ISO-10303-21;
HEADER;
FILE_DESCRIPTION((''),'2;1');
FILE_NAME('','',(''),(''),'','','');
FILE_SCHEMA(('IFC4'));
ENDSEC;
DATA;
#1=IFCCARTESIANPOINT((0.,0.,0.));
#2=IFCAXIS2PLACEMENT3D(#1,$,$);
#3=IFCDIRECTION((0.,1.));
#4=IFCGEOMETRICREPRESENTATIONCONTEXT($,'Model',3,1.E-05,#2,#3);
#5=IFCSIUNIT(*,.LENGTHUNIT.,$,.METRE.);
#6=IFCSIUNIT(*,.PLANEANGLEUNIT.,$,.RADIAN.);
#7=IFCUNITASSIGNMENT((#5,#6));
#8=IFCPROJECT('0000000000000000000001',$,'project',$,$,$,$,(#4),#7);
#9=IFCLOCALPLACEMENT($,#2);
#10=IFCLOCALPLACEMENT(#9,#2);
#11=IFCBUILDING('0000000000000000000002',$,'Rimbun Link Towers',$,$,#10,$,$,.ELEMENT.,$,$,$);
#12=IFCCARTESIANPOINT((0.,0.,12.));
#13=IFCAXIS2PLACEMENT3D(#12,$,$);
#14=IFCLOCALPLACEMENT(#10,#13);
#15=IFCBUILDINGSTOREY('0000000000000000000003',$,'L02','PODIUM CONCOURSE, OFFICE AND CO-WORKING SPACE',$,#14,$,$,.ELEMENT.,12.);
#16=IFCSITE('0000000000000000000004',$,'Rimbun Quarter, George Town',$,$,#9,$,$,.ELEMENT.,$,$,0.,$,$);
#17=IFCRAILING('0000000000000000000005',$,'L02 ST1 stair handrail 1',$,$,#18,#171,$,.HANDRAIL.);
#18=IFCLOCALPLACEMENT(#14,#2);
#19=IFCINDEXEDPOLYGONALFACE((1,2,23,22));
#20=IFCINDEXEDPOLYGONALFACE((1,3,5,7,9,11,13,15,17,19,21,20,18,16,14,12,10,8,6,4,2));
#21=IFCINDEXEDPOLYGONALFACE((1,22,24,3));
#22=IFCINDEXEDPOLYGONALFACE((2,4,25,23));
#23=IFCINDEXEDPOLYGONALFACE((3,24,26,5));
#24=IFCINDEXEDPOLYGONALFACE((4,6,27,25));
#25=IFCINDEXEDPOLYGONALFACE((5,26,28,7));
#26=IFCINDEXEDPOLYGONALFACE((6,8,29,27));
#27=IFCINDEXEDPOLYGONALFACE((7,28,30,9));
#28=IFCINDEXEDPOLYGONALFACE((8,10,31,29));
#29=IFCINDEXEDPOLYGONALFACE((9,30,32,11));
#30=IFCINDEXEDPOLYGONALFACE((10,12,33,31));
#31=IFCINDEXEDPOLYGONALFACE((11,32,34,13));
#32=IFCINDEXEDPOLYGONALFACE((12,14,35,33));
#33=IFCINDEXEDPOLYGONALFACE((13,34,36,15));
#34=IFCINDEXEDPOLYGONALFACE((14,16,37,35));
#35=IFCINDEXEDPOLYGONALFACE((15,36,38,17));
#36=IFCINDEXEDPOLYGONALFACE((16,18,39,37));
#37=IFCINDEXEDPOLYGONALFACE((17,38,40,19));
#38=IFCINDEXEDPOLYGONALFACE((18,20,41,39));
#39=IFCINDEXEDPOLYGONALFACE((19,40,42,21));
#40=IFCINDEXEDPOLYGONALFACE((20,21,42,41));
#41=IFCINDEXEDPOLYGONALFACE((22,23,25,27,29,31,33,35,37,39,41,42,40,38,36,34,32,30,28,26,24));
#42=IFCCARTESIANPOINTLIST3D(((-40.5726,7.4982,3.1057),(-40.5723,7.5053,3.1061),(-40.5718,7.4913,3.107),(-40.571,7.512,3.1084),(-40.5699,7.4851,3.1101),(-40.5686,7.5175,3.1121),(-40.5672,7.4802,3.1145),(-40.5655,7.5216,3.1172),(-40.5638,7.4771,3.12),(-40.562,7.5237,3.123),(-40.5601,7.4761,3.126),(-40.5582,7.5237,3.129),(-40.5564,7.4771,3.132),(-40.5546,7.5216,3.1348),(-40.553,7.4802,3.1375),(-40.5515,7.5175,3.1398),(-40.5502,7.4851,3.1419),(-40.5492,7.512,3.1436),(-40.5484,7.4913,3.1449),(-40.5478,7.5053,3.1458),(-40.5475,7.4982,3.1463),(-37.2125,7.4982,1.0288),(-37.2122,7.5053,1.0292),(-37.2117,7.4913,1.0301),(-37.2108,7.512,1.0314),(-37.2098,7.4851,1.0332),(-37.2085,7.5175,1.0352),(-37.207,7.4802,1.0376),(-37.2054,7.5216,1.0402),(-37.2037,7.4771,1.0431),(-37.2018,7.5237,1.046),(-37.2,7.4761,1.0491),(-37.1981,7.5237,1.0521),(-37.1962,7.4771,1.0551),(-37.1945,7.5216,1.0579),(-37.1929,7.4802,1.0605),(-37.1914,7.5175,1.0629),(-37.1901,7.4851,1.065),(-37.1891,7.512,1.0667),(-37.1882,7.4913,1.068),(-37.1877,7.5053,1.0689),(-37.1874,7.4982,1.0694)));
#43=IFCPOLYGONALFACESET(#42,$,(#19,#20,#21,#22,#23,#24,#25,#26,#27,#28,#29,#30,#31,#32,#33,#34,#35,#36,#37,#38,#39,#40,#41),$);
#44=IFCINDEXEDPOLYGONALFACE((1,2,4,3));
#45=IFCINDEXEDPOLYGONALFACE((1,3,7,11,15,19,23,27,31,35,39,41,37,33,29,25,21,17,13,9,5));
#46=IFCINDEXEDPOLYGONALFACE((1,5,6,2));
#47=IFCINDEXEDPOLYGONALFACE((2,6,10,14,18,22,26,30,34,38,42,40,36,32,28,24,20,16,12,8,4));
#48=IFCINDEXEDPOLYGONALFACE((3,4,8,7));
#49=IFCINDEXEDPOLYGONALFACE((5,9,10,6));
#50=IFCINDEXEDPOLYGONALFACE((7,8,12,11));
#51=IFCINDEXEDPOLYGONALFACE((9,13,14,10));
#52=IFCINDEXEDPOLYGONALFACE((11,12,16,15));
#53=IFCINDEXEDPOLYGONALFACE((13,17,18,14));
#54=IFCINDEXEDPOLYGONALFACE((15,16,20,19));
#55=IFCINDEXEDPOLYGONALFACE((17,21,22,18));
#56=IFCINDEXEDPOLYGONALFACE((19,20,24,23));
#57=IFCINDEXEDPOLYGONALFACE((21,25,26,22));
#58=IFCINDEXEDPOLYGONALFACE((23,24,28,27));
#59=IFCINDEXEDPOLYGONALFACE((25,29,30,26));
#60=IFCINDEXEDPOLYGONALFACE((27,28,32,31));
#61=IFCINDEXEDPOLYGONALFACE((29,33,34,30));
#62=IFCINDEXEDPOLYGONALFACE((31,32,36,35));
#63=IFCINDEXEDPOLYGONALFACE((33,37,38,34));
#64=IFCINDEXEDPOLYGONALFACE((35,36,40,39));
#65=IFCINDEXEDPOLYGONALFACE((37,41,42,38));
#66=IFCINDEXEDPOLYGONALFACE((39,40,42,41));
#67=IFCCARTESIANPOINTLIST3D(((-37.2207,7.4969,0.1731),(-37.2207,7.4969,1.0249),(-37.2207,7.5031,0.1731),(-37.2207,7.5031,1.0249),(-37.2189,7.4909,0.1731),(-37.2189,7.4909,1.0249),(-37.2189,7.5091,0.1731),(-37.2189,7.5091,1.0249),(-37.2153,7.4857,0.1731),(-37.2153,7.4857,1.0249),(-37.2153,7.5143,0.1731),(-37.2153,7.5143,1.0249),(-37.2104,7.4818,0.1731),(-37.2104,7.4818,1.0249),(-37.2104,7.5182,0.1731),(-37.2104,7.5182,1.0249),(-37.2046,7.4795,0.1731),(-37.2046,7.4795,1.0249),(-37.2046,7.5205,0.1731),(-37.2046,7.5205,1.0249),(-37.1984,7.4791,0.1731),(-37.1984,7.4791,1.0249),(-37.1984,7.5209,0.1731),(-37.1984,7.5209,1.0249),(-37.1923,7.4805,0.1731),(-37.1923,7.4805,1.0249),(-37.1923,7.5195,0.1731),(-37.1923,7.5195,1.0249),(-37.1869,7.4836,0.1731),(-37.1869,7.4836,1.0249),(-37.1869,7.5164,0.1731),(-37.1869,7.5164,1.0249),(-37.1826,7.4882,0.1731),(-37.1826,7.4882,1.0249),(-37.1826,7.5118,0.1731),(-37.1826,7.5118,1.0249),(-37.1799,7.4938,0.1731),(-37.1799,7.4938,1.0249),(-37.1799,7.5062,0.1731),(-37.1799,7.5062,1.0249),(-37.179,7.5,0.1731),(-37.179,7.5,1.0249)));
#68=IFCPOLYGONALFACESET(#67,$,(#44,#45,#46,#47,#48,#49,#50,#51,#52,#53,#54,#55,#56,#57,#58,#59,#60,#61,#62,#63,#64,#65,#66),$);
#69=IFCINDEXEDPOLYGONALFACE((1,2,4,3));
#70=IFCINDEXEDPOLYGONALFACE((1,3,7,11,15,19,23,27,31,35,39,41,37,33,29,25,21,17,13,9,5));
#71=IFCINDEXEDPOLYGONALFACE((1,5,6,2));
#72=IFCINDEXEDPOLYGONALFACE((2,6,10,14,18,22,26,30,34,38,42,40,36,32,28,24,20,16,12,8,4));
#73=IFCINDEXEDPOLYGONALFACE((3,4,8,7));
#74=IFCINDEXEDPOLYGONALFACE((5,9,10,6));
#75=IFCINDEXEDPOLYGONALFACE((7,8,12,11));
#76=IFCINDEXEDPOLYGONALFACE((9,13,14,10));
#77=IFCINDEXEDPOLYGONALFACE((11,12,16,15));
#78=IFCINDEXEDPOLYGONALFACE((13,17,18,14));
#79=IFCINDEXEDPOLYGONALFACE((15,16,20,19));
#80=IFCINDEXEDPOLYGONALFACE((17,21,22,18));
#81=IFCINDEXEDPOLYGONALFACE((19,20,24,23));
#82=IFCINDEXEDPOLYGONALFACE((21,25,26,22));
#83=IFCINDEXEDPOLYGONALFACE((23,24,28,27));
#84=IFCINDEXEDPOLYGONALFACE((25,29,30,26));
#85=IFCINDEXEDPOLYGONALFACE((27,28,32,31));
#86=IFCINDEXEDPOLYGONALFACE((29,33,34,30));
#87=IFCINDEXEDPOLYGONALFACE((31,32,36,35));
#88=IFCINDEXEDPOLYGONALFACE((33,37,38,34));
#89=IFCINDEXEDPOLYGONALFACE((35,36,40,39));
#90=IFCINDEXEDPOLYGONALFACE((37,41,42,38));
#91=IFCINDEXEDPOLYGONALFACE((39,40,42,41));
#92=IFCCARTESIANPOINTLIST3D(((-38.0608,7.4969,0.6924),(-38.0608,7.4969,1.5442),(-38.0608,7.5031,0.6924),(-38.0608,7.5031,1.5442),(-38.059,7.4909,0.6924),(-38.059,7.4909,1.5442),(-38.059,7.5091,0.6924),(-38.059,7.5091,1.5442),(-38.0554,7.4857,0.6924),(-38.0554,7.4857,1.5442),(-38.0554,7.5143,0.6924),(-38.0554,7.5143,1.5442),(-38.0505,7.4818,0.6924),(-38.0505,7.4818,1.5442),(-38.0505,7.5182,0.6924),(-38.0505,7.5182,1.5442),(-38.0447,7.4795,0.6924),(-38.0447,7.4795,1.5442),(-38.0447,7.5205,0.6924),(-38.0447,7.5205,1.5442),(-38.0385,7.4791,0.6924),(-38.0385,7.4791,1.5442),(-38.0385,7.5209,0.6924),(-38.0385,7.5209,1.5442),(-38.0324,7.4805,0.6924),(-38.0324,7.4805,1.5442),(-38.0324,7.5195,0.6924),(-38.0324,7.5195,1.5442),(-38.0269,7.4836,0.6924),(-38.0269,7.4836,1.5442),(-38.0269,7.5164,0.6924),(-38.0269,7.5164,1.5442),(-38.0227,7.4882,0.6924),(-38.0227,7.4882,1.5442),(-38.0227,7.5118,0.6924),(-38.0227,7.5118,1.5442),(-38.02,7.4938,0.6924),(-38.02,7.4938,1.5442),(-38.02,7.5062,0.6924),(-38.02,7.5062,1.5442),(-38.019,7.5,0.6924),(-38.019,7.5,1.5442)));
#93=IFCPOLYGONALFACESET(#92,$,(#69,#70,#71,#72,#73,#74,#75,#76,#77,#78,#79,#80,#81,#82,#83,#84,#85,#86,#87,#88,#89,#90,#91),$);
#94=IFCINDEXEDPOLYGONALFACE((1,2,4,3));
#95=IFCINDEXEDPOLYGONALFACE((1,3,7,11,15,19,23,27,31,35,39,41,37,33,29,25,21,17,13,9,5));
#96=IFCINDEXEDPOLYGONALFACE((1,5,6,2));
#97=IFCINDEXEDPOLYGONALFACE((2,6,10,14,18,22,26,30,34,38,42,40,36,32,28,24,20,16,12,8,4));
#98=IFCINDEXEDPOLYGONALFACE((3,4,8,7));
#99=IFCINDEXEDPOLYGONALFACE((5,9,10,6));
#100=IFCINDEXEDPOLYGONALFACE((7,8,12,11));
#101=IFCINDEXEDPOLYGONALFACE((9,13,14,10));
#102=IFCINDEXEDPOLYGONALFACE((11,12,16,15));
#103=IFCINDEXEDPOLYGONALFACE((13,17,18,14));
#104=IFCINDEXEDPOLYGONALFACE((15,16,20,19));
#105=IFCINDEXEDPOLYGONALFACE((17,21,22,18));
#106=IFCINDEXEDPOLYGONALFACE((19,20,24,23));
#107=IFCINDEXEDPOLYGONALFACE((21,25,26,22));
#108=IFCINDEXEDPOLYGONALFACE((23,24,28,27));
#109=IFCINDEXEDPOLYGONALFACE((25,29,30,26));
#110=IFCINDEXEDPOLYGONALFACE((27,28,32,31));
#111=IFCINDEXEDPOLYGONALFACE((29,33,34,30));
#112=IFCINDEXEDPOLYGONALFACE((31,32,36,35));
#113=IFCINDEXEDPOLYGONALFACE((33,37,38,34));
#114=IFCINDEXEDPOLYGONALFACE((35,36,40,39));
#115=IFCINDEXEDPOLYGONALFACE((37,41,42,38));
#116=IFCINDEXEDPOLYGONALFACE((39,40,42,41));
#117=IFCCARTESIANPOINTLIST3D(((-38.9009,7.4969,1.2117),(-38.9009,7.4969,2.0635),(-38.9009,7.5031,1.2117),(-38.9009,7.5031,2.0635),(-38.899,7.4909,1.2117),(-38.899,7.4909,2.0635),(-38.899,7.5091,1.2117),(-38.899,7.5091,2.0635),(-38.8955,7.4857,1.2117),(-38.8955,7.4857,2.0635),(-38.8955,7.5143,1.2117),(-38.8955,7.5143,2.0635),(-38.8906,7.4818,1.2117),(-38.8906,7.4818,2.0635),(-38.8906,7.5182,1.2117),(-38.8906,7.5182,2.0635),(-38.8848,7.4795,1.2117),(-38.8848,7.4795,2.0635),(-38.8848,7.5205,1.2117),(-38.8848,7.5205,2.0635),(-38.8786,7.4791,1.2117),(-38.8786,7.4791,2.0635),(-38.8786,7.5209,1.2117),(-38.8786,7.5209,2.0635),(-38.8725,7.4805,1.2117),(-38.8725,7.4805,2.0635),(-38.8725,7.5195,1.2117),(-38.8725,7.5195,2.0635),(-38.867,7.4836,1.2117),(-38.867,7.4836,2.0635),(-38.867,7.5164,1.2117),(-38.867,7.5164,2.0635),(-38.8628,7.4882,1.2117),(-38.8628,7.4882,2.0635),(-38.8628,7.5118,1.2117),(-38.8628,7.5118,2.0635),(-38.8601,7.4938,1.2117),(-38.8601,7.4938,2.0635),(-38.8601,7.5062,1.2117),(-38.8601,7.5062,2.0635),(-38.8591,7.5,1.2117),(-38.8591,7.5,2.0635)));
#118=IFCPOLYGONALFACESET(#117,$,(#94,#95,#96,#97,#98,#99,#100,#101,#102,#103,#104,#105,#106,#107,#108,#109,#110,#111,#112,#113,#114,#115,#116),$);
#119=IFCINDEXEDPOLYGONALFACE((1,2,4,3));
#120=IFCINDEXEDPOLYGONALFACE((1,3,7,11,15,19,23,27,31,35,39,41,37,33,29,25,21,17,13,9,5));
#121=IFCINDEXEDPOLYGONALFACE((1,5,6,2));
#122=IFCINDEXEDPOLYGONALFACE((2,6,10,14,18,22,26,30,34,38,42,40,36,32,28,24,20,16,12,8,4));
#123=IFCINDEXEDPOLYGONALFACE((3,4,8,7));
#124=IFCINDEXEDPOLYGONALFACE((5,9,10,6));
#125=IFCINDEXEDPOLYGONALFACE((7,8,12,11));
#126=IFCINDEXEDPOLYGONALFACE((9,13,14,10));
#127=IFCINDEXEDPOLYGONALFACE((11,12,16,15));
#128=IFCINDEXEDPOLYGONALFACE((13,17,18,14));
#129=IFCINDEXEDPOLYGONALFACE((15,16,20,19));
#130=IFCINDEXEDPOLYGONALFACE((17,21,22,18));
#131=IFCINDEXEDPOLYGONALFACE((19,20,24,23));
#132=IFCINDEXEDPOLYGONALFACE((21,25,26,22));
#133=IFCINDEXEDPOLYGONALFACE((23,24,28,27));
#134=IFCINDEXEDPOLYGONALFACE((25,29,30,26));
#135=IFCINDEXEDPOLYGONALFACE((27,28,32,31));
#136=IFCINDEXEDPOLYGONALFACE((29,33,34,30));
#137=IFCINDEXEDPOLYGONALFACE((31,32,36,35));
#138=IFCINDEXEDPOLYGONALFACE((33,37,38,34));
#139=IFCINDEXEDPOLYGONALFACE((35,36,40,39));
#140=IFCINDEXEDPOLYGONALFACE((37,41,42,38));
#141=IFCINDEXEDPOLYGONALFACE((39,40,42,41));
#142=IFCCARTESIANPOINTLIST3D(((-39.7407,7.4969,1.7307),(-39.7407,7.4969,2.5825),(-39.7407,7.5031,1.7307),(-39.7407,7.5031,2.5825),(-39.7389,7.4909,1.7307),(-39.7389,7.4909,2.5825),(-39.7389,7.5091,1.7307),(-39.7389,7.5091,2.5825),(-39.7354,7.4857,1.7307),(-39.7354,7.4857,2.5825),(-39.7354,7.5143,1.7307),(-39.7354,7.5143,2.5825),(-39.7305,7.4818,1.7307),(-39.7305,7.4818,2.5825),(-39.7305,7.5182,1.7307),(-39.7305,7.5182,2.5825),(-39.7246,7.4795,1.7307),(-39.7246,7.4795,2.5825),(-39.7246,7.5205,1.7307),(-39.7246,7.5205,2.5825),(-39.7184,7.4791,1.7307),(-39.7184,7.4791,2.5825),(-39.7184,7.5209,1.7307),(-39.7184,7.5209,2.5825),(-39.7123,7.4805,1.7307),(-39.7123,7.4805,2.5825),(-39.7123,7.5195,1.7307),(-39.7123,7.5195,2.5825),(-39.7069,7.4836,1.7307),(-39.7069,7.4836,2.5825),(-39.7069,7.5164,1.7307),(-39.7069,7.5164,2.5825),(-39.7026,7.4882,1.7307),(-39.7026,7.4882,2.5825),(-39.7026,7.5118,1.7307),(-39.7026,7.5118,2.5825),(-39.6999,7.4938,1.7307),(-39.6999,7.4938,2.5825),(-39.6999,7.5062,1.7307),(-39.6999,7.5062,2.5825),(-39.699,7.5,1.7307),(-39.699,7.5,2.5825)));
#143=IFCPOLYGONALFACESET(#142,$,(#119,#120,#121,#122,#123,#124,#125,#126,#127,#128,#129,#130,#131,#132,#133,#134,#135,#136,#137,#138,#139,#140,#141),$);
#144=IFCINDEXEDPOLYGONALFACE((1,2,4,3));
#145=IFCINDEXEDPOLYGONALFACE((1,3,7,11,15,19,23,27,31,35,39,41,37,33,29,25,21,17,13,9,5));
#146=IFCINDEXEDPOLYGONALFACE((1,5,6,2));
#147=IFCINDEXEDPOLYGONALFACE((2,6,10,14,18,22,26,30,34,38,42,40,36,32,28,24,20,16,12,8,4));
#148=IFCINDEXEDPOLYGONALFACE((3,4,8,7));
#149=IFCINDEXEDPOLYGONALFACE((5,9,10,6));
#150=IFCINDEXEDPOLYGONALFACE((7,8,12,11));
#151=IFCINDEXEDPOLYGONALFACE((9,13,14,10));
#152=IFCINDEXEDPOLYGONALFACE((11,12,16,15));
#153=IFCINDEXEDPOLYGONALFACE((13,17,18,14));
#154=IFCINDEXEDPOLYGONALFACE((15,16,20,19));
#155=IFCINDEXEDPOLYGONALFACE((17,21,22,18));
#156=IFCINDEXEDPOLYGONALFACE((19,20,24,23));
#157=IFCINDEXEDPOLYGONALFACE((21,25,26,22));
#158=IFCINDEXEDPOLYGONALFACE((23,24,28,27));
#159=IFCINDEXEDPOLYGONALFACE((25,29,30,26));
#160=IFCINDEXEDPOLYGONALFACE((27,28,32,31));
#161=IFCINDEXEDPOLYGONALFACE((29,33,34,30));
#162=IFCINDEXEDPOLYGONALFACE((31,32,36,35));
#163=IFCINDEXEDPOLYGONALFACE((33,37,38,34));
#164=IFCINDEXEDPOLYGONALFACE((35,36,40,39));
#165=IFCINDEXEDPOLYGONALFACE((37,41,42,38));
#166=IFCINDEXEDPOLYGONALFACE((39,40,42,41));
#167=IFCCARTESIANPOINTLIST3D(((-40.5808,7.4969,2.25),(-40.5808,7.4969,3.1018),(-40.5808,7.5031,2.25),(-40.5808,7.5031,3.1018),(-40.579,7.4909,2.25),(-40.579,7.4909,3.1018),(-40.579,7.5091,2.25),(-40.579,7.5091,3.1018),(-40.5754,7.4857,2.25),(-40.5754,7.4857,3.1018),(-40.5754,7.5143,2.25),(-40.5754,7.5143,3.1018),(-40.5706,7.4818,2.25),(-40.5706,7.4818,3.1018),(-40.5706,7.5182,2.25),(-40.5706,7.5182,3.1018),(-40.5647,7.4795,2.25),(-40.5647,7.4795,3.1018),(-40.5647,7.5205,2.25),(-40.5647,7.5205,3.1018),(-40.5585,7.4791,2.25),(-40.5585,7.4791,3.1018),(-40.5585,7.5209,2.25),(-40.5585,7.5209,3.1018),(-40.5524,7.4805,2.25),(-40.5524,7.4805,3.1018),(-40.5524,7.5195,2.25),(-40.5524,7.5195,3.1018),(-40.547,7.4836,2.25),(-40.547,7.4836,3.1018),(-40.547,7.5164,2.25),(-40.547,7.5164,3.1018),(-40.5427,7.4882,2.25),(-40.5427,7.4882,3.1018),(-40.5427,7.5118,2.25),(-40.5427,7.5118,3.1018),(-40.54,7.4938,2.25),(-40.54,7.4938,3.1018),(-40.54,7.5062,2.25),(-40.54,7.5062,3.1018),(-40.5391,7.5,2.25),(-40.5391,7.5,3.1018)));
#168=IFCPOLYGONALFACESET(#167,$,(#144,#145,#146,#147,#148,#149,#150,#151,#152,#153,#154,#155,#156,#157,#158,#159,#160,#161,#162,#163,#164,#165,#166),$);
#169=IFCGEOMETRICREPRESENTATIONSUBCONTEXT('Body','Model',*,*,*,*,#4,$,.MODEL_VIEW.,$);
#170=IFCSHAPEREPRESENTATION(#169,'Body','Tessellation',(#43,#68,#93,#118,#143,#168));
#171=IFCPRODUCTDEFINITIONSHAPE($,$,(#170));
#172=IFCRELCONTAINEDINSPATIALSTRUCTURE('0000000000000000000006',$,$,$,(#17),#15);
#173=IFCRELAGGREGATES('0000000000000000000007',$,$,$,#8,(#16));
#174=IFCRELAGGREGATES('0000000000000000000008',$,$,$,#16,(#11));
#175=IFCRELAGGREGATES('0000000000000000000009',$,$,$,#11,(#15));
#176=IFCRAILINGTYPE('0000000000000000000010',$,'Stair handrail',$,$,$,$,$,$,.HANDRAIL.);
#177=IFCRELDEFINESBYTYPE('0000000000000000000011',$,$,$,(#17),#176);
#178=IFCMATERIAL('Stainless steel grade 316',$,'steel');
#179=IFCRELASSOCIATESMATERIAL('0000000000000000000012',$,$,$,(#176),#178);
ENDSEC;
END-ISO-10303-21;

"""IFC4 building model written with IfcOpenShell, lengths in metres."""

from ifc_helpers import new_model, si_unit, direction, frame, origin, origin_2d, place, context, subcontext, project, spatial, circle, extrude, material, type_object, element, save


model = new_model("IFC4")

# Units and contexts
model_context = context("Model", 3, precision=1e-05, world=origin(), true_north=direction((0.0, 1.0)))
body_context = subcontext(model_context, "Body", "Model", "MODEL_VIEW")
ifc_project = project(units=[si_unit("LENGTHUNIT", "METRE"), si_unit("PLANEANGLEUNIT", "RADIAN")], contexts=[model_context])

# Site, building, storey
site_placement = place(None, origin())
site = spatial("IfcSite", under=ifc_project, at=site_placement, Name="Rimbun Quarter, George Town", CompositionType="ELEMENT", RefElevation=0.0)
building_placement = place(site_placement, origin())
building = spatial("IfcBuilding", under=site, at=building_placement, Name="Rimbun Link Towers", CompositionType="ELEMENT")
storey_placement = place(building_placement, frame((0.0, 0.0, 12.0)))
storey = spatial("IfcBuildingStorey", under=building, at=storey_placement, Name="L02", Description="PODIUM CONCOURSE, OFFICE AND CO-WORKING SPACE", CompositionType="ELEMENT", Elevation=12.0)

# Railing
ifc_material_1 = material(Name="Stainless steel grade 316", Category="steel")
railing_type_1 = type_object("IfcRailingType", Name="Stair handrail", PredefinedType="HANDRAIL", material=ifc_material_1)
railing_1_placement = place(storey_placement, frame((-37.2, 7.5, 0.1731)))
element("IfcRailing", 1, at=railing_1_placement, inside=storey, type_object=railing_type_1, Name="L02 ST1 stair handrail 1", PredefinedType="HANDRAIL", context=body_context, shape_type="SweptSolid", body=[
    extrude(circle(Radius=0.0239, at=origin_2d()), frame((0.0, 0.0, 0.876), z_axis=(-0.850623, 0.0, 0.525776), x_axis=(0.0, -1.0, 0.0)), (0.0, 0.0, 1.0), 3.9502),
    extrude(circle(Radius=0.021, at=origin_2d()), origin(), (0.0, 0.0, 1.0), 0.8518),
    extrude(circle(Radius=0.021, at=origin_2d()), frame((-0.8401, 0.0, 0.5193)), (0.0, 0.0, 1.0), 0.8518),
    extrude(circle(Radius=0.021, at=origin_2d()), frame((-1.6802, 0.0, 1.0386)), (0.0, 0.0, 1.0), 0.8518),
    extrude(circle(Radius=0.021, at=origin_2d()), frame((-2.52, 0.0, 1.5576)), (0.0, 0.0, 1.0), 0.8518),
    extrude(circle(Radius=0.021, at=origin_2d()), frame((-3.3601, 0.0, 2.0769)), (0.0, 0.0, 1.0), 0.8518),
])

save(model, "model.ifc")
